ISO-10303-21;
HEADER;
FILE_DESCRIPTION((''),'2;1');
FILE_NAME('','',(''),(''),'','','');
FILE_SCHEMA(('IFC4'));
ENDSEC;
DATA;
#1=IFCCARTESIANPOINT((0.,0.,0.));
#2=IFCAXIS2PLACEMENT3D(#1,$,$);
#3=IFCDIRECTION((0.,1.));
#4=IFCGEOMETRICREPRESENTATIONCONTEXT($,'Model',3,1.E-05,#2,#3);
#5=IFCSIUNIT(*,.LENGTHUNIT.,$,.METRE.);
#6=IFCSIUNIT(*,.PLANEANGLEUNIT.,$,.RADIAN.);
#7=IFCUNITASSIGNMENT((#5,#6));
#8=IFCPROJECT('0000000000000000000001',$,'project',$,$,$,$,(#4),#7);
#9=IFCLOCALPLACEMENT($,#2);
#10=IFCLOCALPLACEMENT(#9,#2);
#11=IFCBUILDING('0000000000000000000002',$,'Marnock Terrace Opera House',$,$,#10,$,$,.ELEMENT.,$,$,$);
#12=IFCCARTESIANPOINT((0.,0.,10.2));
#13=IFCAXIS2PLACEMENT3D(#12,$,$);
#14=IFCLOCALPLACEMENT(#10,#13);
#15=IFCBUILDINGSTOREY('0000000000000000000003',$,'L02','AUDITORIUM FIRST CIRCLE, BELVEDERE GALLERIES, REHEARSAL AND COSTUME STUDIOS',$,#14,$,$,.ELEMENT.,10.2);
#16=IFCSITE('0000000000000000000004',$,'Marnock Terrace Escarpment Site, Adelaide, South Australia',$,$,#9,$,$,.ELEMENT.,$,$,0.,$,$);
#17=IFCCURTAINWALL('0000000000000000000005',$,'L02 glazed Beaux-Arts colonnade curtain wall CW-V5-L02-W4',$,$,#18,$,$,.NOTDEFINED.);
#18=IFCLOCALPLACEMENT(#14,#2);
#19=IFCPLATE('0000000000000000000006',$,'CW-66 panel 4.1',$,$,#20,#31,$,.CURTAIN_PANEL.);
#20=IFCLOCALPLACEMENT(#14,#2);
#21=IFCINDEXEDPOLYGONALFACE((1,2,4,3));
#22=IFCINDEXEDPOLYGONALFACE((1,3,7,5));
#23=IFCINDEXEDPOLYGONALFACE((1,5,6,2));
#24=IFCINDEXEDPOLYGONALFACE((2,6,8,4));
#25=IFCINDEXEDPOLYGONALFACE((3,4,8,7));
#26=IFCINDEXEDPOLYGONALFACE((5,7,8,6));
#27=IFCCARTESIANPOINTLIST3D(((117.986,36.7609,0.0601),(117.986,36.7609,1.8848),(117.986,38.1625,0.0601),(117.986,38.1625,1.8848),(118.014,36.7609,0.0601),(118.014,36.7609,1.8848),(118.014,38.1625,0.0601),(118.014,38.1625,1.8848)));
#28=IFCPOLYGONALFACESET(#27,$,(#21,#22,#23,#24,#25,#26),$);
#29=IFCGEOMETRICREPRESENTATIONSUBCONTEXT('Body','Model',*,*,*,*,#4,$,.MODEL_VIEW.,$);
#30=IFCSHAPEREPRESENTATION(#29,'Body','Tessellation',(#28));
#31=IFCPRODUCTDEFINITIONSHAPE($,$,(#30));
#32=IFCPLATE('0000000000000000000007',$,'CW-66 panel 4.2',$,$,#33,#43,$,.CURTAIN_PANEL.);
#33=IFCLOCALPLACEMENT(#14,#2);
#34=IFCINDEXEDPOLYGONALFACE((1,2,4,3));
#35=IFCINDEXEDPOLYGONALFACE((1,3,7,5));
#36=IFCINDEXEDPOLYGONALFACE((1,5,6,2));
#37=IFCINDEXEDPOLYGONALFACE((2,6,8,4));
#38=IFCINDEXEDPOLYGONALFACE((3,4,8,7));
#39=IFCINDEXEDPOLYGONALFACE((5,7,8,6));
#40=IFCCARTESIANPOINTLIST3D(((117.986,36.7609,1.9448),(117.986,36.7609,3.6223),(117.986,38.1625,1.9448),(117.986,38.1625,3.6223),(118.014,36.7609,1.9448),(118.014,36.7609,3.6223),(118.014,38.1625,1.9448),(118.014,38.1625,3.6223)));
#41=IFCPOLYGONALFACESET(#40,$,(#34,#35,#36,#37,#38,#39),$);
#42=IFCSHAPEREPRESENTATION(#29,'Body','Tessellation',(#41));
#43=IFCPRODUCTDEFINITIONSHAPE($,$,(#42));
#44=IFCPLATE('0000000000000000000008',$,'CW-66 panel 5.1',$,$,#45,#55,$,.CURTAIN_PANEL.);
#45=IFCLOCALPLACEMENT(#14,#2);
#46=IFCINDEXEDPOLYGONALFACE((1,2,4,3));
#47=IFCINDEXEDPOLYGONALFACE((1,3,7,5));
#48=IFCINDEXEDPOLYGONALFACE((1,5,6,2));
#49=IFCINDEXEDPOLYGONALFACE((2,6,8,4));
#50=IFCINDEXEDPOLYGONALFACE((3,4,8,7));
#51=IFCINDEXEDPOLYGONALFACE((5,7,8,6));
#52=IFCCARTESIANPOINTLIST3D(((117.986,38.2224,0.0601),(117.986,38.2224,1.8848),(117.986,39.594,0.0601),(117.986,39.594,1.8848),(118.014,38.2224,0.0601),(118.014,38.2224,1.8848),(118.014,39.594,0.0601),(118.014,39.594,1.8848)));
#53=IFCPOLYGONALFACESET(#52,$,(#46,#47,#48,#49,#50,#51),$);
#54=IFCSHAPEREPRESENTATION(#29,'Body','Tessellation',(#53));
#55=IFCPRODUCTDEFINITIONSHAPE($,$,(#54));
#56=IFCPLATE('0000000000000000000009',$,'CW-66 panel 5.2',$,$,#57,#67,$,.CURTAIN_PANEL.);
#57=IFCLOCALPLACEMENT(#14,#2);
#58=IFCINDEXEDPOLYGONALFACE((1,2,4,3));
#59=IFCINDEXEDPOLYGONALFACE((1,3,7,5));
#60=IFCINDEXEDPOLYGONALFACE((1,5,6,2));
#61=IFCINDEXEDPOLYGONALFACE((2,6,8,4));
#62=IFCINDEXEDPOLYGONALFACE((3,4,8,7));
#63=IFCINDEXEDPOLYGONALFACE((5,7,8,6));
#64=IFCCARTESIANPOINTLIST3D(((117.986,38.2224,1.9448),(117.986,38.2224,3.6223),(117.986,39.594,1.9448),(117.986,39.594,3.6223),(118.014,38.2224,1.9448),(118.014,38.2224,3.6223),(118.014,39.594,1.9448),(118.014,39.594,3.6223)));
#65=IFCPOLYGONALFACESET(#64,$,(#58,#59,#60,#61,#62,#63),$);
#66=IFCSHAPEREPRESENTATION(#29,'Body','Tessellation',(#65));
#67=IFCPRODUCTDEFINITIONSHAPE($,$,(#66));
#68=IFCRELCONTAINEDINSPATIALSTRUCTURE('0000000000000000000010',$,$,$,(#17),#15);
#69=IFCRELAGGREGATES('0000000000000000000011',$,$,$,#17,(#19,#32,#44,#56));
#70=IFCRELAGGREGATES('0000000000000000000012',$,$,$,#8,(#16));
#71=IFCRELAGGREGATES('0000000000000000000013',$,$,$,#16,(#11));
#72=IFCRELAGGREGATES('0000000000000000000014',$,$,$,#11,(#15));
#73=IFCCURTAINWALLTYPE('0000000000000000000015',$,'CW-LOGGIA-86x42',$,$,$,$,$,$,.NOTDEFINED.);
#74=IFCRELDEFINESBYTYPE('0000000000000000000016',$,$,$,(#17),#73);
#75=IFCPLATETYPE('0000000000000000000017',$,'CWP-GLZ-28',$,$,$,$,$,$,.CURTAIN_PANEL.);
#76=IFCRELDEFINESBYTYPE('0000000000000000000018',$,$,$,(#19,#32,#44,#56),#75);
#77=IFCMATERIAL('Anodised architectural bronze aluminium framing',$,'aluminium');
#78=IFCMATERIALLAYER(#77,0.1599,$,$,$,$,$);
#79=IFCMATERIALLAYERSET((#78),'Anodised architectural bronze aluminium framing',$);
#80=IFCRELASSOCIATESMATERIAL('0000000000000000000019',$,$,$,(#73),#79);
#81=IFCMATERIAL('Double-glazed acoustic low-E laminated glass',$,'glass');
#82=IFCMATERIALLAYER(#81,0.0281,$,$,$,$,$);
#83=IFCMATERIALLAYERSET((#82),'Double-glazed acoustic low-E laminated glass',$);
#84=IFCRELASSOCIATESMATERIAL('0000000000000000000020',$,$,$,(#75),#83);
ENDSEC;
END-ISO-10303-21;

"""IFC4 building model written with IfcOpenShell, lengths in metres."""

from ifc_helpers import new_model, si_unit, direction, frame, origin, origin_2d, place, context, subcontext, project, spatial, rectangle, extrude, material, layer, layer_set, type_object, element, aggregate, save


model = new_model("IFC4")

# Units and contexts
model_context = context("Model", 3, precision=1e-05, world=origin(), true_north=direction((0.0, 1.0)))
body_context = subcontext(model_context, "Body", "Model", "MODEL_VIEW")
ifc_project = project(units=[si_unit("LENGTHUNIT", "METRE"), si_unit("PLANEANGLEUNIT", "RADIAN")], contexts=[model_context])

# Site, building, storey
site_placement = place(None, origin())
site = spatial("IfcSite", under=ifc_project, at=site_placement, Name="Marnock Terrace Escarpment Site, Adelaide, South Australia", CompositionType="ELEMENT", RefElevation=0.0)
building_placement = place(site_placement, origin())
building = spatial("IfcBuilding", under=site, at=building_placement, Name="Marnock Terrace Opera House", CompositionType="ELEMENT")
storey_placement = place(building_placement, frame((0.0, 0.0, 10.2)))
storey = spatial("IfcBuildingStorey", under=building, at=storey_placement, Name="L02", Description="AUDITORIUM FIRST CIRCLE, BELVEDERE GALLERIES, REHEARSAL AND COSTUME STUDIOS", CompositionType="ELEMENT", Elevation=10.2)

# Curtain wall, plates
ifc_material_1 = material(Name="Anodised architectural bronze aluminium framing", Category="aluminium")
ifc_layer_1 = layer(ifc_material_1, 0.1599)
ifc_layer_set_1 = layer_set([ifc_layer_1], Name="Anodised architectural bronze aluminium framing")
curtain_wall_type = type_object("IfcCurtainWallType", Name="CW-LOGGIA-86x42", PredefinedType="NOTDEFINED", material=ifc_layer_set_1)
curtain_wall_placement = place(storey_placement, origin())
curtain_wall = element("IfcCurtainWall", 1, at=curtain_wall_placement, inside=storey, type_object=curtain_wall_type, Name="L02 glazed Beaux-Arts colonnade curtain wall CW-V5-L02-W4", PredefinedType="NOTDEFINED")
ifc_material_2 = material(Name="Double-glazed acoustic low-E laminated glass", Category="glass")
ifc_layer_2 = layer(ifc_material_2, 0.0281)
ifc_layer_set_2 = layer_set([ifc_layer_2], Name="Double-glazed acoustic low-E laminated glass")
plate_type = type_object("IfcPlateType", Name="CWP-GLZ-28", PredefinedType="CURTAIN_PANEL", material=ifc_layer_set_2)
plate_1_placement = place(storey_placement, frame((118.0, 37.4617, 0.0601), z_axis=(0.0, 0.0, 1.0), x_axis=(0.0, 1.0, 0.0)))
plate_1 = element("IfcPlate", 2, at=plate_1_placement, type_object=plate_type, Name="CW-66 panel 4.1", PredefinedType="CURTAIN_PANEL", context=body_context, shape_type="SweptSolid", body=[
    extrude(rectangle(XDim=1.4016, YDim=0.0281, at=origin_2d()), origin(), (0.0, 0.0, 1.0), 1.8247),
])
plate_2_placement = place(storey_placement, frame((118.0, 37.4617, 1.9448), z_axis=(0.0, 0.0, 1.0), x_axis=(0.0, 1.0, 0.0)))
plate_2 = element("IfcPlate", 3, at=plate_2_placement, type_object=plate_type, Name="CW-66 panel 4.2", PredefinedType="CURTAIN_PANEL", context=body_context, shape_type="SweptSolid", body=[
    extrude(rectangle(XDim=1.4016, YDim=0.0281, at=origin_2d()), origin(), (0.0, 0.0, 1.0), 1.6775),
])
plate_3_placement = place(storey_placement, frame((118.0, 38.9082, 0.0601), z_axis=(0.0, 0.0, 1.0), x_axis=(0.0, 1.0, 0.0)))
plate_3 = element("IfcPlate", 4, at=plate_3_placement, type_object=plate_type, Name="CW-66 panel 5.1", PredefinedType="CURTAIN_PANEL", context=body_context, shape_type="SweptSolid", body=[
    extrude(rectangle(XDim=1.3716, YDim=0.0281, at=origin_2d()), origin(), (0.0, 0.0, 1.0), 1.8247),
])
plate_4_placement = place(storey_placement, frame((118.0, 38.9082, 1.9448), z_axis=(0.0, 0.0, 1.0), x_axis=(0.0, 1.0, 0.0)))
plate_4 = element("IfcPlate", 5, at=plate_4_placement, type_object=plate_type, Name="CW-66 panel 5.2", PredefinedType="CURTAIN_PANEL", context=body_context, shape_type="SweptSolid", body=[
    extrude(rectangle(XDim=1.3716, YDim=0.0281, at=origin_2d()), origin(), (0.0, 0.0, 1.0), 1.6775),
])
aggregate(curtain_wall, [plate_1, plate_2, plate_3, plate_4])

save(model, "model.ifc")
